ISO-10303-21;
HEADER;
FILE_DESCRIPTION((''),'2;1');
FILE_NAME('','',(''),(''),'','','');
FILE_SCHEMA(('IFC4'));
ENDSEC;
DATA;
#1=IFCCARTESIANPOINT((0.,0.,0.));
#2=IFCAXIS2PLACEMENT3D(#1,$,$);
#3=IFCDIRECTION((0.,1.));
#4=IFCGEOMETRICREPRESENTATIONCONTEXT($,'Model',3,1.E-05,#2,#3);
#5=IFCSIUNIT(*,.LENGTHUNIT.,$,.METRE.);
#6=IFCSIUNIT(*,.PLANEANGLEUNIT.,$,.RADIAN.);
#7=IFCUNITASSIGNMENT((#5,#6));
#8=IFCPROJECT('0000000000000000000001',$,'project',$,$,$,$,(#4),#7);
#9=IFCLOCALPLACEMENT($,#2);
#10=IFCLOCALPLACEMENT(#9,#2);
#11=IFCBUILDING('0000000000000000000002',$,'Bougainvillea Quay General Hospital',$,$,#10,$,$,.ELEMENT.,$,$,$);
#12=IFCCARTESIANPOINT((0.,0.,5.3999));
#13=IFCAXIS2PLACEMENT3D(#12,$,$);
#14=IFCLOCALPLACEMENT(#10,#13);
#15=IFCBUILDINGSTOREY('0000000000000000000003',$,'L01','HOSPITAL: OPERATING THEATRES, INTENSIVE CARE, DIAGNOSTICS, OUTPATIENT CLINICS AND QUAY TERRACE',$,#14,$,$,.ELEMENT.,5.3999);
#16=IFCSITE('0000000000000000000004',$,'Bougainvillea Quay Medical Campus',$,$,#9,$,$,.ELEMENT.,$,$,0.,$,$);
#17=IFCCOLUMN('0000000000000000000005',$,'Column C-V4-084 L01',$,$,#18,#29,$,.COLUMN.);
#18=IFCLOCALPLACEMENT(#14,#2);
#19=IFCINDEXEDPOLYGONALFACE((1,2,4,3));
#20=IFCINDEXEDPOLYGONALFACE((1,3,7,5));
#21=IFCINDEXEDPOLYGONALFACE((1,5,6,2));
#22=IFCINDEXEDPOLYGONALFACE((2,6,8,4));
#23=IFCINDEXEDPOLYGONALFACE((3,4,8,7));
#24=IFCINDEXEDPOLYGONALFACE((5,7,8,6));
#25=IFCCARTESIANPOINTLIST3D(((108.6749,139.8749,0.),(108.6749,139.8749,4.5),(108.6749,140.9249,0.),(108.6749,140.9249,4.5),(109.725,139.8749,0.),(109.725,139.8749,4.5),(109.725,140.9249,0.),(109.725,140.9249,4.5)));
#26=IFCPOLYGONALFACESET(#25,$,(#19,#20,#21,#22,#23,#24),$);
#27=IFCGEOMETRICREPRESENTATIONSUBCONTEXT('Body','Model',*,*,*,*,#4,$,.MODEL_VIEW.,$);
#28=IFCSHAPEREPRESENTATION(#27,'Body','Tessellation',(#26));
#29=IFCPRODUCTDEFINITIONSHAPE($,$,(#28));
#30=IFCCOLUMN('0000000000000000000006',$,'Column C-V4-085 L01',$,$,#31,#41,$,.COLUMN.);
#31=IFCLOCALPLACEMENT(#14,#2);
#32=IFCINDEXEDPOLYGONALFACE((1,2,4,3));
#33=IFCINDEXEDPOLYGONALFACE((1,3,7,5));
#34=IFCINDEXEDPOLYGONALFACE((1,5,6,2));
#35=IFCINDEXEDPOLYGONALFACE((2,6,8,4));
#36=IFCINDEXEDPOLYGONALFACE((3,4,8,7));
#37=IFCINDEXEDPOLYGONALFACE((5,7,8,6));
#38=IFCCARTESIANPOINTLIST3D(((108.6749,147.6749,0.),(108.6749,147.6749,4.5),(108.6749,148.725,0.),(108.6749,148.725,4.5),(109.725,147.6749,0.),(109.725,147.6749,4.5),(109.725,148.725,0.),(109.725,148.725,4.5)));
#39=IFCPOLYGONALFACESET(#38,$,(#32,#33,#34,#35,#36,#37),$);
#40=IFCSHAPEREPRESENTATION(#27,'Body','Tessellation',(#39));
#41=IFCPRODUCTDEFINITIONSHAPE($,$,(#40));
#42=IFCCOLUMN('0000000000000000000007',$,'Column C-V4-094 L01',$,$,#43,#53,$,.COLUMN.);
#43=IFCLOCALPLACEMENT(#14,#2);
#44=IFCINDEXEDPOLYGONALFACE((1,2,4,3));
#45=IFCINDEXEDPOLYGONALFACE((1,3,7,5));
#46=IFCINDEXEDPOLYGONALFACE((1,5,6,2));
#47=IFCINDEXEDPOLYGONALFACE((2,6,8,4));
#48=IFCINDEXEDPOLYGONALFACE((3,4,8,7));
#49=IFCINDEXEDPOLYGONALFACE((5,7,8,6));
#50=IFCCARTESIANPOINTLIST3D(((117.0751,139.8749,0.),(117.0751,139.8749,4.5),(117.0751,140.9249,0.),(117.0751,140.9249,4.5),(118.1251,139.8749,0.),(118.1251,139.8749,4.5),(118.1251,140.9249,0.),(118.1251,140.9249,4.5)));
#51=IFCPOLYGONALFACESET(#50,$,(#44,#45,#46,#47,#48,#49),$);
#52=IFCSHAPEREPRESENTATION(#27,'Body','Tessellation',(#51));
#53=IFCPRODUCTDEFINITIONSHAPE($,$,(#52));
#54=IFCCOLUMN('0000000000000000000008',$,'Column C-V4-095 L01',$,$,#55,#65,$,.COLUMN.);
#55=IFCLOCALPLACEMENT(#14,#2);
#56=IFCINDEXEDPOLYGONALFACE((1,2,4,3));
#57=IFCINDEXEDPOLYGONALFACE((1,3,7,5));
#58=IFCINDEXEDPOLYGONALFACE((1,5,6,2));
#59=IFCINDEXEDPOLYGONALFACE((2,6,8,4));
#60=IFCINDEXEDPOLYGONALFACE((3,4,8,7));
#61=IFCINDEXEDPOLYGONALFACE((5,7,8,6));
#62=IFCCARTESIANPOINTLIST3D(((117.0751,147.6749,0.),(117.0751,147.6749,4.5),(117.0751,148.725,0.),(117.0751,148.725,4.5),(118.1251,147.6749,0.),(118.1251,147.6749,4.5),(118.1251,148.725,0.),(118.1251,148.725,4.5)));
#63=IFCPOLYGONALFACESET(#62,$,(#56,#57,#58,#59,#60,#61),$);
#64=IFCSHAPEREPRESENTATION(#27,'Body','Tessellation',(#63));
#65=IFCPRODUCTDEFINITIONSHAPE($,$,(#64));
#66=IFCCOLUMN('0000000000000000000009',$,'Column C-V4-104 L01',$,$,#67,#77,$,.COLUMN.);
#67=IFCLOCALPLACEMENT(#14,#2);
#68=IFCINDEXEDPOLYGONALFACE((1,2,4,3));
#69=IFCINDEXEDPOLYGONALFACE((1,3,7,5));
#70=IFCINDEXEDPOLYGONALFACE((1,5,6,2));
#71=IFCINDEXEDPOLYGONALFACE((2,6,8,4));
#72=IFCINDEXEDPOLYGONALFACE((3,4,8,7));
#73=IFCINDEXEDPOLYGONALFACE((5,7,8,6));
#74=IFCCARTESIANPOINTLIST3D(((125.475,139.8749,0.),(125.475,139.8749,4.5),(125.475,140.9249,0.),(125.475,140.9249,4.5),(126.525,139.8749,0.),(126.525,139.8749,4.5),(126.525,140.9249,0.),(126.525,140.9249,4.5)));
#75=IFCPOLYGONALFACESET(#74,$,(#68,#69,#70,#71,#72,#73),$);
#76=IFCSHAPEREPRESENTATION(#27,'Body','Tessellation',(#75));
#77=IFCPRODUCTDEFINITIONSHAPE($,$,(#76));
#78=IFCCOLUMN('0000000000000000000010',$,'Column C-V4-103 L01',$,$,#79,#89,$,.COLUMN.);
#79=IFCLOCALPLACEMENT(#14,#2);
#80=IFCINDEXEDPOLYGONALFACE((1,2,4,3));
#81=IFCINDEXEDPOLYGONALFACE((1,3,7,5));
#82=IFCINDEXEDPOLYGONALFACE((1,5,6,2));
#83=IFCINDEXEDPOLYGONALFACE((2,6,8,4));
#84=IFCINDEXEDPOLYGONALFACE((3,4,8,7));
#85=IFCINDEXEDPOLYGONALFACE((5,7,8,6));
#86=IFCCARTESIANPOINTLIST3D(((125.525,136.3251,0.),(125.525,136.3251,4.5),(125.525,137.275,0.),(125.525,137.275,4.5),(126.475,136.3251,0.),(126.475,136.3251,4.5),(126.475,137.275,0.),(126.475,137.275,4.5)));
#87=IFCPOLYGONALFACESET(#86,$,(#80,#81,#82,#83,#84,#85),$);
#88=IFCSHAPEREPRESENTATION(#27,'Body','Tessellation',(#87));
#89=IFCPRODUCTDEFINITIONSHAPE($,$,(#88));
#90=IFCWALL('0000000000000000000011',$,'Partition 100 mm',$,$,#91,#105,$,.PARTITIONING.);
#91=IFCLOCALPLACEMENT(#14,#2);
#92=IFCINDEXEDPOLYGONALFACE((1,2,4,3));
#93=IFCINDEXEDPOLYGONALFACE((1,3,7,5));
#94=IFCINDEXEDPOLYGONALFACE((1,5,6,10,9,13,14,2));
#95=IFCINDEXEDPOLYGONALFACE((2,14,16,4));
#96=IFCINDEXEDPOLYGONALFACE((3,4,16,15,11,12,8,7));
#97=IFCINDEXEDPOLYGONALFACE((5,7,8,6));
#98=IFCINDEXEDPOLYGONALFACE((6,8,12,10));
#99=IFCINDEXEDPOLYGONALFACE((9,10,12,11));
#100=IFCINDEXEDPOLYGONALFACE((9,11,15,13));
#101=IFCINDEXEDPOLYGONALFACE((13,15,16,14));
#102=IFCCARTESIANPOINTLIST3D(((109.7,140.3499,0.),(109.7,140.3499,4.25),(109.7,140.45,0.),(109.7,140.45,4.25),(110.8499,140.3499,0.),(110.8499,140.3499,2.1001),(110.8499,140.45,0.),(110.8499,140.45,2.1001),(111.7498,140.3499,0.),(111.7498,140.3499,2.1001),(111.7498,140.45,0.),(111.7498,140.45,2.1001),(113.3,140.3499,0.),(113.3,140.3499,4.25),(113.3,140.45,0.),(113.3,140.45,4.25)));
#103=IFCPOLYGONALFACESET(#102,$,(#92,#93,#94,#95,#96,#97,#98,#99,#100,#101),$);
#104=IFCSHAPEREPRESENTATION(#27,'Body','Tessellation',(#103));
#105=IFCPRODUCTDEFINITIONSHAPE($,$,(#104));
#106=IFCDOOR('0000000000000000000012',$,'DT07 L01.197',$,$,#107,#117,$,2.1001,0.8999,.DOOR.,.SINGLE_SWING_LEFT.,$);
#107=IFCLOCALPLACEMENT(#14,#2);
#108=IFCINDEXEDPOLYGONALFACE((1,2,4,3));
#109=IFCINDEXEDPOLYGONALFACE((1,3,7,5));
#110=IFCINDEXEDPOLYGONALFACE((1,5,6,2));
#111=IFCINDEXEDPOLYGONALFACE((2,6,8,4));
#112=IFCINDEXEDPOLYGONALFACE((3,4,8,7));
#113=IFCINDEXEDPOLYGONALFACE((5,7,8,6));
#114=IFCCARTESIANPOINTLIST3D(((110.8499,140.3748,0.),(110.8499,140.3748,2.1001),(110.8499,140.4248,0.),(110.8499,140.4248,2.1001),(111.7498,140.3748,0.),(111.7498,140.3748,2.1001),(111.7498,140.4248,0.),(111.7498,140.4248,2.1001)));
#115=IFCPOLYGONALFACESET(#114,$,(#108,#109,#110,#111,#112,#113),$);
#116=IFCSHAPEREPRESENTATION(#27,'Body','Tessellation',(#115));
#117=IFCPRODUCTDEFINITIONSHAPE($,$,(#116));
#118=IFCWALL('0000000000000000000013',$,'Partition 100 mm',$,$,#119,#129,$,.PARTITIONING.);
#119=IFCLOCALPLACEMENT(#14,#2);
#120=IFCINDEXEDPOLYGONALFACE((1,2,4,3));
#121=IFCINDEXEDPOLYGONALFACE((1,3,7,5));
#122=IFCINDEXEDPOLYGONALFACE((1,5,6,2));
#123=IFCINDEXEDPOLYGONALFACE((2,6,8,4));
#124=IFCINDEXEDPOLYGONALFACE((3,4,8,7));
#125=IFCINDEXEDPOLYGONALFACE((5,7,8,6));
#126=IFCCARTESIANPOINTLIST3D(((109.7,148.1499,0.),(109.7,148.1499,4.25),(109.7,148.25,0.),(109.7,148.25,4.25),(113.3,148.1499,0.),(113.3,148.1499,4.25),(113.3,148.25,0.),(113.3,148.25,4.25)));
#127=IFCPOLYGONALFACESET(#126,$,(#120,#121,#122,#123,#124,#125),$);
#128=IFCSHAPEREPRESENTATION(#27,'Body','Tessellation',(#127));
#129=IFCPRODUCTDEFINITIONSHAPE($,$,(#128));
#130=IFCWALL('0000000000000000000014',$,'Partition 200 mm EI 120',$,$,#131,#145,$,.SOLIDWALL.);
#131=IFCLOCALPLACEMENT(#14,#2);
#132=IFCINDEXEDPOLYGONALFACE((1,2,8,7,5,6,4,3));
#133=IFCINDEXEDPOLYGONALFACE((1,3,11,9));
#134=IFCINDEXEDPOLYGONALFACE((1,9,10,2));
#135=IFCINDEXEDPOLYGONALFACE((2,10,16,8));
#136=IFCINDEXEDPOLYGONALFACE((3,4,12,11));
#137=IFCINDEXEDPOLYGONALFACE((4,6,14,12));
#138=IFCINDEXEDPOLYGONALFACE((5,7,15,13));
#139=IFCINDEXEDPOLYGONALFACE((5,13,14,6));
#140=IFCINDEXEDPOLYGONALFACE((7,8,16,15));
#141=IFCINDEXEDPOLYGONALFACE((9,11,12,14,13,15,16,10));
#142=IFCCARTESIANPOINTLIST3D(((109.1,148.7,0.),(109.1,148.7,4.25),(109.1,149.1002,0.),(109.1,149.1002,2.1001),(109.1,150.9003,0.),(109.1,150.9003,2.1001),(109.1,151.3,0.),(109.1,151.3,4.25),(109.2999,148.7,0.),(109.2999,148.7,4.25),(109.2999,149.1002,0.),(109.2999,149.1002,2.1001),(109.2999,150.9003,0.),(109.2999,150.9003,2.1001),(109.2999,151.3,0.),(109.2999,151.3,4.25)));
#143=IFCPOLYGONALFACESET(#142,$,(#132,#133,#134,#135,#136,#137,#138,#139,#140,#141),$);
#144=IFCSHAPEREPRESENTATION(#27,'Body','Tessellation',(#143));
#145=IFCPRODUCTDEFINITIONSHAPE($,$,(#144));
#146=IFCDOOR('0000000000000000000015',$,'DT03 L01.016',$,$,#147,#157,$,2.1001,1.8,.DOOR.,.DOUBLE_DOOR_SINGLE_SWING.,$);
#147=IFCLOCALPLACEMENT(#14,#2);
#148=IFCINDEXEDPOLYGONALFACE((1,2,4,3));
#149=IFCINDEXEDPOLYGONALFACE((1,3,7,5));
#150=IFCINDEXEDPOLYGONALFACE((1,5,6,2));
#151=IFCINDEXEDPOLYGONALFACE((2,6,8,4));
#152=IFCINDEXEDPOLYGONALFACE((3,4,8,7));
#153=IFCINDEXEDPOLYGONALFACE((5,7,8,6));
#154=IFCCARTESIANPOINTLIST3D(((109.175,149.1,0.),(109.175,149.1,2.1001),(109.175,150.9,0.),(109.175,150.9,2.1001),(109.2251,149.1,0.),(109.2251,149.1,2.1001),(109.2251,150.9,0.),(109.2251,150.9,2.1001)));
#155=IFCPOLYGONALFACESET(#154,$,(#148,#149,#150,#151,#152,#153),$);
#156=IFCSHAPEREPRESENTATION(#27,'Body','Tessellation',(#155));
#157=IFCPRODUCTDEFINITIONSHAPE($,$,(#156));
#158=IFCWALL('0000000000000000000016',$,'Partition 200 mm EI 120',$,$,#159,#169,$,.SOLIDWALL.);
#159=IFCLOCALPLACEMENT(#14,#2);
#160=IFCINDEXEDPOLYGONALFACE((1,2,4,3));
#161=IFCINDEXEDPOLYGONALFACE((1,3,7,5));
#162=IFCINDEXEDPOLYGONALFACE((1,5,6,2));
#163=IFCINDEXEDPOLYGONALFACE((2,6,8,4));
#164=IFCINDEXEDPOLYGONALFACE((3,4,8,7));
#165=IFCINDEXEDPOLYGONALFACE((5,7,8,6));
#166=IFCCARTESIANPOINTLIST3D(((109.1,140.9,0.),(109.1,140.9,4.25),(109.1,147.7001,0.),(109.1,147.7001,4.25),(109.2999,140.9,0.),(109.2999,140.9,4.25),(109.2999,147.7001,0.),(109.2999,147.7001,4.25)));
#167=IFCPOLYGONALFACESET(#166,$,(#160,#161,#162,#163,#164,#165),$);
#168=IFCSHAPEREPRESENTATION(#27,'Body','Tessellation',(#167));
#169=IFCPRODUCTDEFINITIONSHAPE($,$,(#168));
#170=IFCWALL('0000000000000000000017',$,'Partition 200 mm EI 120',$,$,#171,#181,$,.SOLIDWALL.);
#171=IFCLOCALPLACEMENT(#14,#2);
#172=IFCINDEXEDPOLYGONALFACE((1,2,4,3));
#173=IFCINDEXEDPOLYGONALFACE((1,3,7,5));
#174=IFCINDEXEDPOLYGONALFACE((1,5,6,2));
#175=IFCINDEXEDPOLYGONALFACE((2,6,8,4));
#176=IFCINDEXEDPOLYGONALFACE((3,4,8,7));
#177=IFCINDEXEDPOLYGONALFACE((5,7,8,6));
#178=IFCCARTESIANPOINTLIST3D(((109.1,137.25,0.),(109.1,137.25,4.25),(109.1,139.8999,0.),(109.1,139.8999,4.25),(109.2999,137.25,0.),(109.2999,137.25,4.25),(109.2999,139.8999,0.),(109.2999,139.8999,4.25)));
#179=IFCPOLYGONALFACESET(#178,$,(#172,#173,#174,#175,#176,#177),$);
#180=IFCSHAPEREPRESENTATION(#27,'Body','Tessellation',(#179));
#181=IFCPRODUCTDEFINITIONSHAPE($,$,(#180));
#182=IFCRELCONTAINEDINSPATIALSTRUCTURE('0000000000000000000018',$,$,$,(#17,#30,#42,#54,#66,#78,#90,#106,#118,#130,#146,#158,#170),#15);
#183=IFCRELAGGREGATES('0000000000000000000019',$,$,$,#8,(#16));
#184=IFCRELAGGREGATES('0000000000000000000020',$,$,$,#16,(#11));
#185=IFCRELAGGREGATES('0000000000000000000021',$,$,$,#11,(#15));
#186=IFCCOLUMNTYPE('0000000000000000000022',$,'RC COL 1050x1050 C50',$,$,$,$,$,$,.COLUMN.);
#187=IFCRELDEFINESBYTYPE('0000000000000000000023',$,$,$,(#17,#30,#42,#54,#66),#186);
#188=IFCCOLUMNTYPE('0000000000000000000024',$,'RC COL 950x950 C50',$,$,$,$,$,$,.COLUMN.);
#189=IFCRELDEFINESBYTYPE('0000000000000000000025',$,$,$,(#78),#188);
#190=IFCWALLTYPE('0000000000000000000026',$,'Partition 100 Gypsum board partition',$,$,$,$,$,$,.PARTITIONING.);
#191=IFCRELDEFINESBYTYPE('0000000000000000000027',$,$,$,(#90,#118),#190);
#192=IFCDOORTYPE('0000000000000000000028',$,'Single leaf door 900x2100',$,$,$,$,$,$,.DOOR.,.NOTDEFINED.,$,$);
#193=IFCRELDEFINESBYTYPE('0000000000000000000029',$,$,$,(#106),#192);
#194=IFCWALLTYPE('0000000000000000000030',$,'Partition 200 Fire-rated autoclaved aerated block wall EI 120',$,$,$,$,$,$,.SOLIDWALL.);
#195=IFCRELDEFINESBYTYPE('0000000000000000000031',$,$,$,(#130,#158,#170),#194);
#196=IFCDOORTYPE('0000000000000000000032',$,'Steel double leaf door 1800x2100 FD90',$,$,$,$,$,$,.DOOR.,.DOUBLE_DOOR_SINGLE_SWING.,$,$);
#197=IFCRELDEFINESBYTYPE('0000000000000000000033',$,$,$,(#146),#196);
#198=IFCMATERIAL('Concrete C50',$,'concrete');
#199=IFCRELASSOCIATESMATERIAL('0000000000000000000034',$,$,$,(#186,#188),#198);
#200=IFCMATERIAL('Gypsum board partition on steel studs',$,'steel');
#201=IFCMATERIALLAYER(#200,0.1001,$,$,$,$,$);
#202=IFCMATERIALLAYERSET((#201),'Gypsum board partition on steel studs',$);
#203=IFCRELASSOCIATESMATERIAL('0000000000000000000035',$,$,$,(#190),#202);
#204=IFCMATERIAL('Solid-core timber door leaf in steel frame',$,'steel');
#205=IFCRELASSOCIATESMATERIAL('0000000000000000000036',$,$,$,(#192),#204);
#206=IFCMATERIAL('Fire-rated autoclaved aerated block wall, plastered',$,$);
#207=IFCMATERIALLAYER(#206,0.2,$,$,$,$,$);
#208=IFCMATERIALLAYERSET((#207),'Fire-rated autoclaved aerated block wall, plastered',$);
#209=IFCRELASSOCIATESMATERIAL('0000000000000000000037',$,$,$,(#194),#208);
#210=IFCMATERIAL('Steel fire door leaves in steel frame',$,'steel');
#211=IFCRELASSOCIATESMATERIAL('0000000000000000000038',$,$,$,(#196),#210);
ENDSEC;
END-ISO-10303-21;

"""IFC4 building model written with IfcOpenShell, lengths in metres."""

from ifc_helpers import new_model, si_unit, direction, frame, frame_2d, origin, origin_2d, place, context, subcontext, project, spatial, rectangle, extrude, material, layer, layer_set, material_profile, profile_set, type_object, element, fill, save


model = new_model("IFC4")

# Units and contexts
model_context = context("Model", 3, precision=1e-05, world=origin(), true_north=direction((0.0, 1.0)))
body_context = subcontext(model_context, "Body", "Model", "MODEL_VIEW")
ifc_project = project(units=[si_unit("LENGTHUNIT", "METRE"), si_unit("PLANEANGLEUNIT", "RADIAN")], contexts=[model_context])

# Site, building, storey
site_placement = place(None, origin())
site = spatial("IfcSite", under=ifc_project, at=site_placement, Name="Bougainvillea Quay Medical Campus", CompositionType="ELEMENT", RefElevation=0.0)
building_placement = place(site_placement, origin())
building = spatial("IfcBuilding", under=site, at=building_placement, Name="Bougainvillea Quay General Hospital", CompositionType="ELEMENT")
storey_placement = place(building_placement, frame((0.0, 0.0, 5.3999)))
storey = spatial("IfcBuildingStorey", under=building, at=storey_placement, Name="L01", Description="HOSPITAL: OPERATING THEATRES, INTENSIVE CARE, DIAGNOSTICS, OUTPATIENT CLINICS AND QUAY TERRACE", CompositionType="ELEMENT", Elevation=5.3999)

# Columns
ifc_material_1 = material(Name="Concrete C50", Category="concrete")
ifc_material_profile_1 = material_profile(ifc_material_1, rectangle(XDim=1.05, YDim=1.05, at=origin_2d()))
ifc_profile_set_1 = profile_set([ifc_material_profile_1], Name="Concrete C50")
column_type_1 = type_object("IfcColumnType", Name="RC COL 1050x1050 C50", PredefinedType="COLUMN", material=ifc_profile_set_1)
for number, where, z_axis, x_axis, name in (
    (1, (109.2, 140.3999, 0.0), (0.0, 0.0, 1.0), (1.0, 0.0, 0.0), "Column C-V4-084 L01"),
    (2, (109.2, 148.2, 0.0), (0.0, 0.0, 1.0), (1.0, 0.0, 0.0), "Column C-V4-085 L01"),
    (3, (117.6001, 140.3999, 0.0), (0.0, 0.0, 1.0), (1.0, 0.0, 0.0), "Column C-V4-094 L01"),
    (4, (117.6001, 148.2, 0.0), (0.0, 0.0, 1.0), (1.0, 0.0, 0.0), "Column C-V4-095 L01"),
    (5, (126.0, 140.3999, 0.0), (0.0, 0.0, 1.0), (1.0, 0.0, 0.0), "Column C-V4-104 L01"),
):
    element("IfcColumn", number, at=place(storey_placement, frame(where, z_axis=z_axis, x_axis=x_axis)), inside=storey, type_object=column_type_1, Name=name, PredefinedType="COLUMN", context=body_context, shape_type="SweptSolid", body=[
        extrude(rectangle(XDim=1.05, YDim=1.05, at=origin_2d()), origin(), (0.0, 0.0, 1.0), 4.5),
    ])
ifc_material_profile_2 = material_profile(ifc_material_1, rectangle(XDim=0.95, YDim=0.95, at=origin_2d()))
ifc_profile_set_2 = profile_set([ifc_material_profile_2], Name="Concrete C50")
column_type_2 = type_object("IfcColumnType", Name="RC COL 950x950 C50", PredefinedType="COLUMN", material=ifc_profile_set_2)
column_placement = place(storey_placement, frame((126.0, 136.8, 0.0), z_axis=(0.0, 0.0, 1.0), x_axis=(1.0, 0.0, 0.0)))
element("IfcColumn", 6, at=column_placement, inside=storey, type_object=column_type_2, Name="Column C-V4-103 L01", PredefinedType="COLUMN", context=body_context, shape_type="SweptSolid", body=[
    extrude(rectangle(XDim=0.95, YDim=0.95, at=origin_2d()), origin(), (0.0, 0.0, 1.0), 4.5),
])

# Wall, opening, door
ifc_material_2 = material(Name="Gypsum board partition on steel studs", Category="steel")
ifc_layer_1 = layer(ifc_material_2, 0.1001)
ifc_layer_set_1 = layer_set([ifc_layer_1], Name="Gypsum board partition on steel studs")
wall_type_1 = type_object("IfcWallType", Name="Partition 100 Gypsum board partition", PredefinedType="PARTITIONING", material=ifc_layer_set_1)
wall_1_placement = place(storey_placement, frame((109.7, 140.3999, 0.0), z_axis=(0.0, 0.0, 1.0), x_axis=(1.0, 0.0, 0.0)))
wall_1 = element("IfcWall", 7, at=wall_1_placement, inside=storey, type_object=wall_type_1, Name="Partition 100 mm", PredefinedType="PARTITIONING", context=body_context, shape_type="SweptSolid", body=[
    extrude(rectangle(XDim=3.6001, YDim=0.1001, at=frame_2d((1.8, 0.0))), origin(), (0.0, 0.0, 1.0), 4.25),
])
opening_1_placement = place(wall_1_placement, frame((1.1499, 0.0, 0.0)))
opening_1 = element("IfcOpeningElement", 8, at=opening_1_placement, cuts=wall_1, PredefinedType="OPENING", context=body_context, shape_type="SweptSolid", body=[
    extrude(rectangle(XDim=0.8999, YDim=2.1001, at=frame_2d((0.45, 1.05))), frame((0.0, 0.0601, 0.0), z_axis=(0.0, -1.0, 0.0), x_axis=(1.0, 0.0, 0.0)), (0.0, 0.0, 1.0), 0.1201),
])
ifc_material_3 = material(Name="Solid-core timber door leaf in steel frame", Category="steel")
door_type_1 = type_object("IfcDoorType", Name="Single leaf door 900x2100", OperationType="NOTDEFINED", PredefinedType="DOOR", material=ifc_material_3)
door_1_placement = place(opening_1_placement, origin())
door_1 = element("IfcDoor", 9, at=door_1_placement, inside=storey, type_object=door_type_1, Name="DT07 L01.197", OperationType="SINGLE_SWING_LEFT", OverallHeight=2.1001, OverallWidth=0.8999, PredefinedType="DOOR", context=body_context, shape_type="SweptSolid", body=[
    extrude(rectangle(XDim=0.8999, YDim=2.1001, at=frame_2d((0.45, 1.05))), frame((0.0, 0.0249, 0.0), z_axis=(0.0, -1.0, 0.0), x_axis=(1.0, 0.0, 0.0)), (0.0, 0.0, 1.0), 0.05),
])
fill(opening_1, door_1)

# Wall
wall_2_placement = place(storey_placement, frame((109.7, 148.2, 0.0), z_axis=(0.0, 0.0, 1.0), x_axis=(1.0, 0.0, 0.0)))
element("IfcWall", 10, at=wall_2_placement, inside=storey, type_object=wall_type_1, Name="Partition 100 mm", PredefinedType="PARTITIONING", context=body_context, shape_type="SweptSolid", body=[
    extrude(rectangle(XDim=3.6001, YDim=0.1001, at=frame_2d((1.8, 0.0))), origin(), (0.0, 0.0, 1.0), 4.25),
])

# Wall, opening, door
ifc_material_4 = material(Name="Fire-rated autoclaved aerated block wall, plastered")
ifc_layer_2 = layer(ifc_material_4, 0.2)
ifc_layer_set_2 = layer_set([ifc_layer_2], Name="Fire-rated autoclaved aerated block wall, plastered")
wall_type_2 = type_object("IfcWallType", Name="Partition 200 Fire-rated autoclaved aerated block wall EI 120", PredefinedType="SOLIDWALL", material=ifc_layer_set_2)
wall_3_placement = place(storey_placement, frame((109.2, 151.3, 0.0), z_axis=(0.0, 0.0, 1.0), x_axis=(0.0, -1.0, 0.0)))
wall_3 = element("IfcWall", 11, at=wall_3_placement, inside=storey, type_object=wall_type_2, Name="Partition 200 mm EI 120", PredefinedType="SOLIDWALL", context=body_context, shape_type="SweptSolid", body=[
    extrude(rectangle(XDim=2.6001, YDim=0.2, at=frame_2d((1.3, 0.0))), origin(), (0.0, 0.0, 1.0), 4.25),
])
opening_2_placement = place(wall_3_placement, frame((0.3999, 0.0, 0.0)))
opening_2 = element("IfcOpeningElement", 12, at=opening_2_placement, cuts=wall_3, PredefinedType="OPENING", context=body_context, shape_type="SweptSolid", body=[
    extrude(rectangle(XDim=1.8, YDim=2.1001, at=frame_2d((0.8999, 1.05))), frame((0.0, 0.1099, 0.0), z_axis=(0.0, -1.0, 0.0), x_axis=(1.0, 0.0, 0.0)), (0.0, 0.0, 1.0), 0.22),
])
ifc_material_5 = material(Name="Steel fire door leaves in steel frame", Category="steel")
door_type_2 = type_object("IfcDoorType", Name="Steel double leaf door 1800x2100 FD90", OperationType="DOUBLE_DOOR_SINGLE_SWING", PredefinedType="DOOR", material=ifc_material_5)
door_2_placement = place(opening_2_placement, frame((1.8, 0.0, 0.0), z_axis=(0.0, 0.0, 1.0), x_axis=(-1.0, 0.0, 0.0)))
door_2 = element("IfcDoor", 13, at=door_2_placement, inside=storey, type_object=door_type_2, Name="DT03 L01.016", OperationType="DOUBLE_DOOR_SINGLE_SWING", OverallHeight=2.1001, OverallWidth=1.8, PredefinedType="DOOR", context=body_context, shape_type="SweptSolid", body=[
    extrude(rectangle(XDim=1.8, YDim=2.1001, at=frame_2d((0.8999, 1.05))), frame((0.0, 0.0249, 0.0), z_axis=(0.0, -1.0, 0.0), x_axis=(1.0, 0.0, 0.0)), (0.0, 0.0, 1.0), 0.05),
])
fill(opening_2, door_2)

# Walls
wall_4_placement = place(storey_placement, frame((109.2, 147.7, 0.0), z_axis=(0.0, 0.0, 1.0), x_axis=(0.0, -1.0, 0.0)))
element("IfcWall", 14, at=wall_4_placement, inside=storey, type_object=wall_type_2, Name="Partition 200 mm EI 120", PredefinedType="SOLIDWALL", context=body_context, shape_type="SweptSolid", body=[
    extrude(rectangle(XDim=6.8, YDim=0.2, at=frame_2d((3.3999, 0.0))), origin(), (0.0, 0.0, 1.0), 4.25),
])
wall_5_placement = place(storey_placement, frame((109.2, 139.8999, 0.0), z_axis=(0.0, 0.0, 1.0), x_axis=(0.0, -1.0, 0.0)))
element("IfcWall", 15, at=wall_5_placement, inside=storey, type_object=wall_type_2, Name="Partition 200 mm EI 120", PredefinedType="SOLIDWALL", context=body_context, shape_type="SweptSolid", body=[
    extrude(rectangle(XDim=2.6499, YDim=0.2, at=frame_2d((1.325, 0.0))), origin(), (0.0, 0.0, 1.0), 4.25),
])

save(model, "model.ifc")
